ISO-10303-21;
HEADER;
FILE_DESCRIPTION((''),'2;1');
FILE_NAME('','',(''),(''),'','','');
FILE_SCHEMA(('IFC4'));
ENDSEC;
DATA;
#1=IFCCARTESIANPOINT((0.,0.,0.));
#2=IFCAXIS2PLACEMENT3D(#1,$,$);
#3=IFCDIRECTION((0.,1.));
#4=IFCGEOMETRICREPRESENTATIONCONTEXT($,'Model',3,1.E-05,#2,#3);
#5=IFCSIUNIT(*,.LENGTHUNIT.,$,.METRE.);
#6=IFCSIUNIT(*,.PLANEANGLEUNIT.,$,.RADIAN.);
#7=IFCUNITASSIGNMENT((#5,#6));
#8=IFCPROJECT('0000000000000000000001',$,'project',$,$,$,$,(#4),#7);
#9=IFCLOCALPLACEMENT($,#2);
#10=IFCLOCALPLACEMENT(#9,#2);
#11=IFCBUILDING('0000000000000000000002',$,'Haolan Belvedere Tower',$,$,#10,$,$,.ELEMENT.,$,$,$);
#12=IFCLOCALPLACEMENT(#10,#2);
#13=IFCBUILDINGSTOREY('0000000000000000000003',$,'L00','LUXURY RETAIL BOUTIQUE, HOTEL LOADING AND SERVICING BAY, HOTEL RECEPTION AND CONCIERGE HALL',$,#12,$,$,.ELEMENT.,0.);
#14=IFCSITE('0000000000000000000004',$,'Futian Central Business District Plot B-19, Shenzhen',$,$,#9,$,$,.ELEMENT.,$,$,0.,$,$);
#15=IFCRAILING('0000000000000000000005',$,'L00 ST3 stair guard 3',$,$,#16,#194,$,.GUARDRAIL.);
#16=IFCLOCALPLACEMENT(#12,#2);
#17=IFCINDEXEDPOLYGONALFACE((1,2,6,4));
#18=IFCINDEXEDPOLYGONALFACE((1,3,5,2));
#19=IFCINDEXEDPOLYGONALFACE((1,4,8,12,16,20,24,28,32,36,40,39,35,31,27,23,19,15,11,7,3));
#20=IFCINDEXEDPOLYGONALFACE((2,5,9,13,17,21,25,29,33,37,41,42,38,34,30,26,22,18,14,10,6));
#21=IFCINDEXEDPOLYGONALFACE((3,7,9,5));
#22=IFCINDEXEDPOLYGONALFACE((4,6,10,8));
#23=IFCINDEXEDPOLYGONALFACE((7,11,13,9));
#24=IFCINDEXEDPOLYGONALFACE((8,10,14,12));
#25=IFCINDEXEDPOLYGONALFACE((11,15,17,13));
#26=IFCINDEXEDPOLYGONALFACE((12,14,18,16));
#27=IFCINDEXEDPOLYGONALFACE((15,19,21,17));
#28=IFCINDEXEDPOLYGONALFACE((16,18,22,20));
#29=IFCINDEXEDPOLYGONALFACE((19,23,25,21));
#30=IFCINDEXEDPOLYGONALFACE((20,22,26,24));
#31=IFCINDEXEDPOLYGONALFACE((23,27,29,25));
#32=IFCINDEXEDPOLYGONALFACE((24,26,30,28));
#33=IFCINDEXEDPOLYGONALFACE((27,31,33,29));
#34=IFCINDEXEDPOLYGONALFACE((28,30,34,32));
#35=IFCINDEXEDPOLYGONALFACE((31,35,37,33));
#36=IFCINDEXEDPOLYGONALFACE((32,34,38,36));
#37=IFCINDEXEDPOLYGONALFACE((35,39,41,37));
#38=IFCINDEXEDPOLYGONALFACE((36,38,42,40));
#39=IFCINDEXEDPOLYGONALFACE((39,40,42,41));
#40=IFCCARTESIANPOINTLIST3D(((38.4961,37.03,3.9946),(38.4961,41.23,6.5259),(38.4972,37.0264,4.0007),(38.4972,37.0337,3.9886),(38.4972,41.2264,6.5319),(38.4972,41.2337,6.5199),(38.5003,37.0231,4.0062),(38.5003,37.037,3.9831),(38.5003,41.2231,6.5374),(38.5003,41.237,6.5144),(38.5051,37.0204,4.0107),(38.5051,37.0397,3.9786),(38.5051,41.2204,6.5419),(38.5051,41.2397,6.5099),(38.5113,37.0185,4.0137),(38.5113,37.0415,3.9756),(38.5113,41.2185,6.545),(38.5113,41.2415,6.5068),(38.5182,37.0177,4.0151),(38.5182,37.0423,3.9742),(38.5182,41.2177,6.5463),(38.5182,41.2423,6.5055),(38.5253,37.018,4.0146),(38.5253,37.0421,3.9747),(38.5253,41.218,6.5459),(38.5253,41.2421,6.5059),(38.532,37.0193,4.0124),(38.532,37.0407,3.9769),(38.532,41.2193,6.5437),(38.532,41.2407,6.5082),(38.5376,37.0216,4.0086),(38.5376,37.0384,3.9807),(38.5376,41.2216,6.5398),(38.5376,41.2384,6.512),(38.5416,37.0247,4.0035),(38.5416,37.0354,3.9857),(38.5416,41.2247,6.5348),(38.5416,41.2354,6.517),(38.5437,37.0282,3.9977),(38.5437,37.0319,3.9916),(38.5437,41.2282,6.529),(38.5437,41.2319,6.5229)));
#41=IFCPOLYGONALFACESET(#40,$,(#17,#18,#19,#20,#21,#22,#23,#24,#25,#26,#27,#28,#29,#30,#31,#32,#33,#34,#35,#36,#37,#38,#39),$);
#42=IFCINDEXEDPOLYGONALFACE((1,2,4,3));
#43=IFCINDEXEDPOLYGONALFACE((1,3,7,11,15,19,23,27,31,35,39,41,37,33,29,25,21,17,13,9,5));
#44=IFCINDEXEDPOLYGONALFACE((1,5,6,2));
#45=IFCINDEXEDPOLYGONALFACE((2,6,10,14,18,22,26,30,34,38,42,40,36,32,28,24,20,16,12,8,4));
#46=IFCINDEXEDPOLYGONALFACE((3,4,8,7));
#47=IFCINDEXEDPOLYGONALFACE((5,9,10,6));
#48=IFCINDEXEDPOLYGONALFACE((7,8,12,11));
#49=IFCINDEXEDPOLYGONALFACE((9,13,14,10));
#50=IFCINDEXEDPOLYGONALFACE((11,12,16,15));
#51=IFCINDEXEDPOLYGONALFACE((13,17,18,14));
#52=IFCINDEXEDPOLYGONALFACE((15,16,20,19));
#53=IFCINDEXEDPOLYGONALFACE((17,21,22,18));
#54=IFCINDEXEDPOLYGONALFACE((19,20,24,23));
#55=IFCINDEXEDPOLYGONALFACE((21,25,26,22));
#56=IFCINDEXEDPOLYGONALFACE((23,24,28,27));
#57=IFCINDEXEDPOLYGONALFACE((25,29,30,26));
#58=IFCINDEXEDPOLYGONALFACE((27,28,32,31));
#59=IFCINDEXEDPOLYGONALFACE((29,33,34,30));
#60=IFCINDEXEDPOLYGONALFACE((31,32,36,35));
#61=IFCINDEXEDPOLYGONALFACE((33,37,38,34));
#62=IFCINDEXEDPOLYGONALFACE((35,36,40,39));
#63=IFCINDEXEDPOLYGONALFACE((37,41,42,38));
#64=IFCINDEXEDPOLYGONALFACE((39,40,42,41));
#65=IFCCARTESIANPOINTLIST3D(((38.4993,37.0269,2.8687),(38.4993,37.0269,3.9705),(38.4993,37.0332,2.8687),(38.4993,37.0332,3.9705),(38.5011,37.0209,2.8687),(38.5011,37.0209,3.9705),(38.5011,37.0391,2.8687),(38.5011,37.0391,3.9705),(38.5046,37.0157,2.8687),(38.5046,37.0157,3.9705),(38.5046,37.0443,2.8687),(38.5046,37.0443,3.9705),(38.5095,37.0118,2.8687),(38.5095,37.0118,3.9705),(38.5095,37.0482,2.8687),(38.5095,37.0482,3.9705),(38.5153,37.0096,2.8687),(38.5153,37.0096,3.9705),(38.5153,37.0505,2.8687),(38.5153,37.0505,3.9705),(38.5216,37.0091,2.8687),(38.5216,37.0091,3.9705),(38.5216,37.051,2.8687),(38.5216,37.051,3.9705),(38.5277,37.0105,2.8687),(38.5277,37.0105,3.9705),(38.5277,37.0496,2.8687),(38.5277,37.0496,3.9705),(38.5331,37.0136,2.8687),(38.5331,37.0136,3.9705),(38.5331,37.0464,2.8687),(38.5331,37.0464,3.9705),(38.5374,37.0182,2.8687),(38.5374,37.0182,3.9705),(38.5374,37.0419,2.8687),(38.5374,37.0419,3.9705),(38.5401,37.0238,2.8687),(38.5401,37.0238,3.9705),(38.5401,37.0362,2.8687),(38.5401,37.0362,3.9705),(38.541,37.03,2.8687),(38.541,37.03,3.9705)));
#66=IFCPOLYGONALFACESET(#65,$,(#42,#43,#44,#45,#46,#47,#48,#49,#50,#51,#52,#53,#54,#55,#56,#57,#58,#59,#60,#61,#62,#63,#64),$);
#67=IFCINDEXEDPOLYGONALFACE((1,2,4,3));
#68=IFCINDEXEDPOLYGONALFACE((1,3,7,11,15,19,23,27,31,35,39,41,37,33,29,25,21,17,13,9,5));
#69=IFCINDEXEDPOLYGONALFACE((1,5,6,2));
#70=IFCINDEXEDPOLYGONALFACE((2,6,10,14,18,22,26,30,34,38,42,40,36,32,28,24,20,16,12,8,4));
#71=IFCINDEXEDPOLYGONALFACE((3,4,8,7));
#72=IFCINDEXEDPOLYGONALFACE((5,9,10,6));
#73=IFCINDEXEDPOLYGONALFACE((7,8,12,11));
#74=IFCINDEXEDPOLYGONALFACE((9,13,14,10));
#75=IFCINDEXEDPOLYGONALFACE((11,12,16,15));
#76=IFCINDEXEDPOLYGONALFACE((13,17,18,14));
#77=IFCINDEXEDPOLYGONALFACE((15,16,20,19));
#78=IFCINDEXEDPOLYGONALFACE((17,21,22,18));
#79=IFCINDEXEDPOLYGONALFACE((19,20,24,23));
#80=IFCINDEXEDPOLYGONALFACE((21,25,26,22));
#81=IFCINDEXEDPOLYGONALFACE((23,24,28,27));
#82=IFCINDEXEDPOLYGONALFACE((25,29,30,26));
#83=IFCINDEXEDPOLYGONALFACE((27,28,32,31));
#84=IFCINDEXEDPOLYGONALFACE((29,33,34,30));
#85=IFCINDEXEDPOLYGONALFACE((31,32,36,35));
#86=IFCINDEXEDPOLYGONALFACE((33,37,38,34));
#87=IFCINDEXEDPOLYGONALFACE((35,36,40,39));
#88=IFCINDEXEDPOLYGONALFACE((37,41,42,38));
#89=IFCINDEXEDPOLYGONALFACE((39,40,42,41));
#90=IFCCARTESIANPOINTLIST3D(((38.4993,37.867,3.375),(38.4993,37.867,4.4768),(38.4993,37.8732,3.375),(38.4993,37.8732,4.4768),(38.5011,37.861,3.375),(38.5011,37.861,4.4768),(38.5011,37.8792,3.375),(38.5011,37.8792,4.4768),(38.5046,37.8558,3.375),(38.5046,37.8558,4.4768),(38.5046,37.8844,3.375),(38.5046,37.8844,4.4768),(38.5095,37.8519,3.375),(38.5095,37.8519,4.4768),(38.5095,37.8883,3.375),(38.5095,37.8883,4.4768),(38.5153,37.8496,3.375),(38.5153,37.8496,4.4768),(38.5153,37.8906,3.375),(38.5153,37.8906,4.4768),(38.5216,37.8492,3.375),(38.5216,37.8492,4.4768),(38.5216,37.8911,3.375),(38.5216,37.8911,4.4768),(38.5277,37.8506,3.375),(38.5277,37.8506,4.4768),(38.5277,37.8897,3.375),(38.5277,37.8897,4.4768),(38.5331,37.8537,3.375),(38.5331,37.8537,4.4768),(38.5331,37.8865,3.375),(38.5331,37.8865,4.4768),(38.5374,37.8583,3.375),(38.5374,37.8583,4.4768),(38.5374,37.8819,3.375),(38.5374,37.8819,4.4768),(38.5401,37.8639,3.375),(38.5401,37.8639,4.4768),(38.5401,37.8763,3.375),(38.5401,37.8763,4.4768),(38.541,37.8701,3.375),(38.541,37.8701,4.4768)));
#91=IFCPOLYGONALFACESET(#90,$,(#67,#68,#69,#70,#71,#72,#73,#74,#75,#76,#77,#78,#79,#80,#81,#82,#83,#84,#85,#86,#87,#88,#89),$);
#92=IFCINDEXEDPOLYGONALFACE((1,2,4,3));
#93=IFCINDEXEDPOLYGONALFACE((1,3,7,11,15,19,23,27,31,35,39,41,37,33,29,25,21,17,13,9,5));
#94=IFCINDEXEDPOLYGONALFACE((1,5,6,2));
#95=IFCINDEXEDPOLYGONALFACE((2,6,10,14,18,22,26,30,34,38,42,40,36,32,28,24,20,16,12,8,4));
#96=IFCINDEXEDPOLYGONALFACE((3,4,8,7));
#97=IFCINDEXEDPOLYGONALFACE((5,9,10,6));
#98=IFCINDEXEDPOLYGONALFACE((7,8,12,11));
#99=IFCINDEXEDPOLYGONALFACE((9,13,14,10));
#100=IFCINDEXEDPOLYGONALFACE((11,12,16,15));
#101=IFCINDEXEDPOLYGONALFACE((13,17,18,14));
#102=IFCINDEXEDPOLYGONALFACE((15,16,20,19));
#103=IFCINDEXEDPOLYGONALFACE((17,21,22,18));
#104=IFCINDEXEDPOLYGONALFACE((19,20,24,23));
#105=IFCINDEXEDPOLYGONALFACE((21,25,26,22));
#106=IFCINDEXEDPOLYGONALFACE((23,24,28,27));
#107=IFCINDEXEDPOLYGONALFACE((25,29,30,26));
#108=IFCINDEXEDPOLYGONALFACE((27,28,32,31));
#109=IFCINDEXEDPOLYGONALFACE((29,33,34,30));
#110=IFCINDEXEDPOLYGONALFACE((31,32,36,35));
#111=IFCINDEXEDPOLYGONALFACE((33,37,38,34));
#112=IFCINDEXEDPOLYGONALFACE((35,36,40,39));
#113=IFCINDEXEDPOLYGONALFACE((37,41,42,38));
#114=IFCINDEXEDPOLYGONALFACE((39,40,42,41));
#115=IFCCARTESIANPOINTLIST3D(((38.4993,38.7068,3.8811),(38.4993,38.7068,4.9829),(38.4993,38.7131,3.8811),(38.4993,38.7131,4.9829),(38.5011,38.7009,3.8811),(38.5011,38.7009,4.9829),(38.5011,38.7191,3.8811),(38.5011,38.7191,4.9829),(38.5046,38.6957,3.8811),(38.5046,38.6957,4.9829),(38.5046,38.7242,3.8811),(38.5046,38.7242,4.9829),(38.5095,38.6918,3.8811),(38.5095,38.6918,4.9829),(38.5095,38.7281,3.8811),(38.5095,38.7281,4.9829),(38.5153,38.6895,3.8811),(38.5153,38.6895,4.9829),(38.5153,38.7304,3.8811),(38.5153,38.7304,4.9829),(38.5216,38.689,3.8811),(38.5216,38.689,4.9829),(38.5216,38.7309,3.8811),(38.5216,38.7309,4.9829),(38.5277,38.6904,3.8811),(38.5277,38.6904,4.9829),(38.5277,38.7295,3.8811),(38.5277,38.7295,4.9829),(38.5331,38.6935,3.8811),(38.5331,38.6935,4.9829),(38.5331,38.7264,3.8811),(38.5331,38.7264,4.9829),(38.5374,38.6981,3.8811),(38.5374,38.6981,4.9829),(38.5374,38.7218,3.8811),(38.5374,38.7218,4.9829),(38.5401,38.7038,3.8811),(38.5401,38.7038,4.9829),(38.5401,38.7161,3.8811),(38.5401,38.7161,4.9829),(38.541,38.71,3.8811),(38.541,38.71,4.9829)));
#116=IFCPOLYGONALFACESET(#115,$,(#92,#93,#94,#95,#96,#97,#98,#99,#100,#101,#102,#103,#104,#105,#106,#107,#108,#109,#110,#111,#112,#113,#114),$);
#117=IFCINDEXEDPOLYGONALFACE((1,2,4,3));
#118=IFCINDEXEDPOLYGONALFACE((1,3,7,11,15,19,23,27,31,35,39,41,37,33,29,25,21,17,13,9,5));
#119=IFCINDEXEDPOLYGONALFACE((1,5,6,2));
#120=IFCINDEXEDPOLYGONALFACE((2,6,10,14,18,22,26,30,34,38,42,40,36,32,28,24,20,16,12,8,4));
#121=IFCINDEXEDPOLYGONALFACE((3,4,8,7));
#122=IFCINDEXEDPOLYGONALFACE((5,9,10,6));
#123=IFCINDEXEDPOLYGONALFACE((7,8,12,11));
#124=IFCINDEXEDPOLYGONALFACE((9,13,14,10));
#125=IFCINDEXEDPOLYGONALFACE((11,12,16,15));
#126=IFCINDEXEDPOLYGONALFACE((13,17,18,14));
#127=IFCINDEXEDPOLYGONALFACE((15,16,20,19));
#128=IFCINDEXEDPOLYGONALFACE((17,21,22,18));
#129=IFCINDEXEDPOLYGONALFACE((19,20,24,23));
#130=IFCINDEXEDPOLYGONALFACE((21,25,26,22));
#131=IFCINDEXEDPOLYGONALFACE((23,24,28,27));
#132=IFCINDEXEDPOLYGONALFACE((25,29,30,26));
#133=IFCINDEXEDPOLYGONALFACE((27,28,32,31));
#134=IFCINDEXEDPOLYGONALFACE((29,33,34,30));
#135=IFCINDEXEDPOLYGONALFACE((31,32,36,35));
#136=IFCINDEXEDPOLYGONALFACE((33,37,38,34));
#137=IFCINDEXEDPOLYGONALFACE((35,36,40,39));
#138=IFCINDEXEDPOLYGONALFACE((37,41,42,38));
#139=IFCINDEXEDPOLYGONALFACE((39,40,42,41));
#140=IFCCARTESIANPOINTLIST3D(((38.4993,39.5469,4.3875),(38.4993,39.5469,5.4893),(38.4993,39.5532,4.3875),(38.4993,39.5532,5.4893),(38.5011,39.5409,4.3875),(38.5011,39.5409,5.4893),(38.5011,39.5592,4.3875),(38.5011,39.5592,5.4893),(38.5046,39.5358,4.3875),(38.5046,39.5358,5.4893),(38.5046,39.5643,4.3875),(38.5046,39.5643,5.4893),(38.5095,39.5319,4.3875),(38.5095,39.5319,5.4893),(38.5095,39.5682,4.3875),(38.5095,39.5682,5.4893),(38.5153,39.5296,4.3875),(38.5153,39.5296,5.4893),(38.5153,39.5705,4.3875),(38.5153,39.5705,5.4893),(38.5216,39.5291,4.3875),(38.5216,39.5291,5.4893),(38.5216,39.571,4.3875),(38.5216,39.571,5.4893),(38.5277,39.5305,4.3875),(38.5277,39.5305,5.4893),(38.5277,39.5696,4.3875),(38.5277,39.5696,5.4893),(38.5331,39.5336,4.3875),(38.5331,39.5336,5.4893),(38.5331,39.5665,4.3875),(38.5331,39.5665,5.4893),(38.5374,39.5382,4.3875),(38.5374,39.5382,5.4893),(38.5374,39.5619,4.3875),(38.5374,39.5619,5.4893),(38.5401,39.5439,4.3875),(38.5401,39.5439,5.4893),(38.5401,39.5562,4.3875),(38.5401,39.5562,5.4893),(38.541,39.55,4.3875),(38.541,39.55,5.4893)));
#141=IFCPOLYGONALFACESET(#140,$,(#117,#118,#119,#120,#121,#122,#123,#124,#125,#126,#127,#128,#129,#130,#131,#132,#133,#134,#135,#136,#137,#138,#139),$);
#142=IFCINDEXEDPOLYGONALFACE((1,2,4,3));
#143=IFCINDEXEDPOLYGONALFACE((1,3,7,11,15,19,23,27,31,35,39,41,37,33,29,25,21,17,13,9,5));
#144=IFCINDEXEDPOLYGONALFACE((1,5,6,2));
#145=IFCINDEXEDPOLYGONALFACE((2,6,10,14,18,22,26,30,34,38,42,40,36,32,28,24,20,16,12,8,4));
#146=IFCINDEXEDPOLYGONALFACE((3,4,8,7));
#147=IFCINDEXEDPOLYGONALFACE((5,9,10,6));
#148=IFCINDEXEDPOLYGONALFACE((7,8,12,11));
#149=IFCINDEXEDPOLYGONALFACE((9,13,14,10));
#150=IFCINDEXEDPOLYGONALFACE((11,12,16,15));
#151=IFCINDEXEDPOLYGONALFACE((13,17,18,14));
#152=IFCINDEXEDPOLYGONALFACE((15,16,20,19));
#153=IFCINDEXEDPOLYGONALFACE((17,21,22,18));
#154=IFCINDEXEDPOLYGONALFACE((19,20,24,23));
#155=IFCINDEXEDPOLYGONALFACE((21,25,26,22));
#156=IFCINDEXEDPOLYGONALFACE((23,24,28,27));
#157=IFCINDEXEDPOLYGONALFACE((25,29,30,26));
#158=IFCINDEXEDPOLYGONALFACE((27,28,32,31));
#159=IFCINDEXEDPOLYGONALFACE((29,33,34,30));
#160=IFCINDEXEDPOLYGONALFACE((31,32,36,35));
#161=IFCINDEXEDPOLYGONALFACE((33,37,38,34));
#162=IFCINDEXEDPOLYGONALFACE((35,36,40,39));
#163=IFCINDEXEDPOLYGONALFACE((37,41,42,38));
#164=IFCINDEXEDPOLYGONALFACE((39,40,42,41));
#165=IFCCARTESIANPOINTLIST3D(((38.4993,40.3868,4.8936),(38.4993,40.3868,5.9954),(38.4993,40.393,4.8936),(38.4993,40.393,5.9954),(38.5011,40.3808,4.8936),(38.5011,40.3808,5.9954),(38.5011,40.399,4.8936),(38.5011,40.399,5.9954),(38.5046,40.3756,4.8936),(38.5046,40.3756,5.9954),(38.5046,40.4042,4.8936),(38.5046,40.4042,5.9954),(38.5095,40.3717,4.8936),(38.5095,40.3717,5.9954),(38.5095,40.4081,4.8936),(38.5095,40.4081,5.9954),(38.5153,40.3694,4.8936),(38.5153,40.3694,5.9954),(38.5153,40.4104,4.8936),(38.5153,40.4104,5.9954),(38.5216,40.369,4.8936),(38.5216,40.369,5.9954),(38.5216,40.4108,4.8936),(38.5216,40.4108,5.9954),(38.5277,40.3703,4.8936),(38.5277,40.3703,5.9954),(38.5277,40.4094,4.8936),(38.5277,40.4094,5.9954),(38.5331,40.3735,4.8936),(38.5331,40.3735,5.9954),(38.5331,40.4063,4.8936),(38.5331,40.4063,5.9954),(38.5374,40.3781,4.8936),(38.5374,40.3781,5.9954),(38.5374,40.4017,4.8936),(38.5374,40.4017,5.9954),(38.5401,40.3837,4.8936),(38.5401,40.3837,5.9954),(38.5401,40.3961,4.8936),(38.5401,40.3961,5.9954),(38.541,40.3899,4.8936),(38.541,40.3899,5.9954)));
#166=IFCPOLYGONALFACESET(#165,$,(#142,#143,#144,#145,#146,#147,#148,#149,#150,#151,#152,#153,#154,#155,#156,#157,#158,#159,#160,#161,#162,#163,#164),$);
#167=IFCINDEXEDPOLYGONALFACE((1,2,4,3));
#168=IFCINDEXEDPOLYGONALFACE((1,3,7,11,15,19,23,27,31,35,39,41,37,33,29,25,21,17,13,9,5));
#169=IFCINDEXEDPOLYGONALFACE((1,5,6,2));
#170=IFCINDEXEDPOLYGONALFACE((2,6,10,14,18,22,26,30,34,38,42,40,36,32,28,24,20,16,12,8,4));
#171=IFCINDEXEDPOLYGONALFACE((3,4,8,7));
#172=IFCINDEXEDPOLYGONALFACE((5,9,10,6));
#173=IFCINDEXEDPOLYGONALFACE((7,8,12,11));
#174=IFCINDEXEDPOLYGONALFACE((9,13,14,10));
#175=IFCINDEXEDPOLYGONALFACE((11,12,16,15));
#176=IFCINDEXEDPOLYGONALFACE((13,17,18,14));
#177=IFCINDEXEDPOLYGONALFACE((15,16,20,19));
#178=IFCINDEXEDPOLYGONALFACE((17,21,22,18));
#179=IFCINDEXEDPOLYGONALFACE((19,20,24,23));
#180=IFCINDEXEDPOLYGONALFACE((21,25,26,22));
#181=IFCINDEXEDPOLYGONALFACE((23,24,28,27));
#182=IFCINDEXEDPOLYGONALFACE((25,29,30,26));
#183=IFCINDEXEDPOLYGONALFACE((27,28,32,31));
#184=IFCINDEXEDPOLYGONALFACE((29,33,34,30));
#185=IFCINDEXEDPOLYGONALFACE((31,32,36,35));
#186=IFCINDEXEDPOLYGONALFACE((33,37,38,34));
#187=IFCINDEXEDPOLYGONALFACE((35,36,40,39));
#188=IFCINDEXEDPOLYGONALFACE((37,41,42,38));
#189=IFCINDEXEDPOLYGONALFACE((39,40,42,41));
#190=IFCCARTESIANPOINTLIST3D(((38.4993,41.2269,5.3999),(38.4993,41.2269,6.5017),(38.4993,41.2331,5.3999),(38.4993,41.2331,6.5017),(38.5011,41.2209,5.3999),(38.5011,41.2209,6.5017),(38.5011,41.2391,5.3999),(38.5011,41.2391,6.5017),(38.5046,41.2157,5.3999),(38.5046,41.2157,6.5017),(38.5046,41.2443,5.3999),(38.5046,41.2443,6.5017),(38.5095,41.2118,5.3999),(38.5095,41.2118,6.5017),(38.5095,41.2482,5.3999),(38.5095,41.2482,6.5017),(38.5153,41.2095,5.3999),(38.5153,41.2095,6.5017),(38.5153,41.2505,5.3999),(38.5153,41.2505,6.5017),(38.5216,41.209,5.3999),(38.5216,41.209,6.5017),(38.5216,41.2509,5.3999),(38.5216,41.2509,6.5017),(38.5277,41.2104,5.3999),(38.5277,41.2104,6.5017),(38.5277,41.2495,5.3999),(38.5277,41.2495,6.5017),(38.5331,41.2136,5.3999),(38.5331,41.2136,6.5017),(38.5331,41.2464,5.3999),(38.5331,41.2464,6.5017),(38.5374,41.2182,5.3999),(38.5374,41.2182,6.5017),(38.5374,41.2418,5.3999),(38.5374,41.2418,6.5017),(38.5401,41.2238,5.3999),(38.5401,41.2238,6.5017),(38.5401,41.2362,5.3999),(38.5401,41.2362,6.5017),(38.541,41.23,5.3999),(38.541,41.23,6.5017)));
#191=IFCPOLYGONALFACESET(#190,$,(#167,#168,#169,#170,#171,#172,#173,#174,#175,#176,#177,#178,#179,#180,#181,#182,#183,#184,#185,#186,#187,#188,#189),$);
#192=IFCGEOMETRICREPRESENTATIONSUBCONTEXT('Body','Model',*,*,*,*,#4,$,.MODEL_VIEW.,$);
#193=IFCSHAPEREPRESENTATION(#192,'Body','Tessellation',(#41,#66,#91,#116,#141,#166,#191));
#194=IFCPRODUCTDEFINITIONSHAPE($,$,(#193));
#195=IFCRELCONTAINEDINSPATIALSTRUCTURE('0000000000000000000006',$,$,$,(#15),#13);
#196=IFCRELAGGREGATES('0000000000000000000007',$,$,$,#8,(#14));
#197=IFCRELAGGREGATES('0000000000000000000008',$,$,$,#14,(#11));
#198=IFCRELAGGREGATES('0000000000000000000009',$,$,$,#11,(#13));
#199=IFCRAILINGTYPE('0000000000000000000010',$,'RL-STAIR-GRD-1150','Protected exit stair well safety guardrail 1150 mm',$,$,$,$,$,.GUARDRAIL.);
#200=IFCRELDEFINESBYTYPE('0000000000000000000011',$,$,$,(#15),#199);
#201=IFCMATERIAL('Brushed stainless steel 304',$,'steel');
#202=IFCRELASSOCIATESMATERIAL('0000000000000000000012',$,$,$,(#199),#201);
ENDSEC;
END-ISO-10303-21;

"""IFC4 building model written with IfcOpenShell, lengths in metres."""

from ifc_helpers import new_model, si_unit, direction, frame, origin, origin_2d, place, context, subcontext, project, spatial, circle, extrude, material, type_object, element, save


model = new_model("IFC4")

# Units and contexts
model_context = context("Model", 3, precision=1e-05, world=origin(), true_north=direction((0.0, 1.0)))
body_context = subcontext(model_context, "Body", "Model", "MODEL_VIEW")
ifc_project = project(units=[si_unit("LENGTHUNIT", "METRE"), si_unit("PLANEANGLEUNIT", "RADIAN")], contexts=[model_context])

# Site, building, storey
site_placement = place(None, origin())
site = spatial("IfcSite", under=ifc_project, at=site_placement, Name="Futian Central Business District Plot B-19, Shenzhen", CompositionType="ELEMENT", RefElevation=0.0)
building_placement = place(site_placement, origin())
building = spatial("IfcBuilding", under=site, at=building_placement, Name="Haolan Belvedere Tower", CompositionType="ELEMENT")
storey_placement = place(building_placement, origin())
storey = spatial("IfcBuildingStorey", under=building, at=storey_placement, Name="L00", Description="LUXURY RETAIL BOUTIQUE, HOTEL LOADING AND SERVICING BAY, HOTEL RECEPTION AND CONCIERGE HALL", CompositionType="ELEMENT", Elevation=0.0)

# Railing
ifc_material_1 = material(Name="Brushed stainless steel 304", Category="steel")
railing_type_1 = type_object("IfcRailingType", Name="RL-STAIR-GRD-1150", Description="Protected exit stair well safety guardrail 1150 mm", PredefinedType="GUARDRAIL", material=ifc_material_1)
railing_1_placement = place(storey_placement, frame((38.52, 37.03, 2.8687)))
element("IfcRailing", 1, at=railing_1_placement, inside=storey, type_object=railing_type_1, Name="L00 ST3 stair guard 3", PredefinedType="GUARDRAIL", context=body_context, shape_type="SweptSolid", body=[
    extrude(circle(Radius=0.0239, at=origin_2d()), frame((0.0, 0.0, 1.126), z_axis=(0.0, 0.856476, 0.516186), x_axis=(-1.0, 0.0, 0.0)), (0.0, 0.0, 1.0), 4.9038),
    extrude(circle(Radius=0.021, at=origin_2d()), origin(), (0.0, 0.0, 1.0), 1.1018),
    extrude(circle(Radius=0.021, at=origin_2d()), frame((0.0, 0.8401, 0.5063)), (0.0, 0.0, 1.0), 1.1018),
    extrude(circle(Radius=0.021, at=origin_2d()), frame((0.0, 1.6799, 1.0125)), (0.0, 0.0, 1.0), 1.1018),
    extrude(circle(Radius=0.021, at=origin_2d()), frame((0.0, 2.52, 1.5188)), (0.0, 0.0, 1.0), 1.1018),
    extrude(circle(Radius=0.021, at=origin_2d()), frame((0.0, 3.3599, 2.0249)), (0.0, 0.0, 1.0), 1.1018),
    extrude(circle(Radius=0.021, at=origin_2d()), frame((0.0, 4.2, 2.5312)), (0.0, 0.0, 1.0), 1.1018),
])

save(model, "model.ifc")
